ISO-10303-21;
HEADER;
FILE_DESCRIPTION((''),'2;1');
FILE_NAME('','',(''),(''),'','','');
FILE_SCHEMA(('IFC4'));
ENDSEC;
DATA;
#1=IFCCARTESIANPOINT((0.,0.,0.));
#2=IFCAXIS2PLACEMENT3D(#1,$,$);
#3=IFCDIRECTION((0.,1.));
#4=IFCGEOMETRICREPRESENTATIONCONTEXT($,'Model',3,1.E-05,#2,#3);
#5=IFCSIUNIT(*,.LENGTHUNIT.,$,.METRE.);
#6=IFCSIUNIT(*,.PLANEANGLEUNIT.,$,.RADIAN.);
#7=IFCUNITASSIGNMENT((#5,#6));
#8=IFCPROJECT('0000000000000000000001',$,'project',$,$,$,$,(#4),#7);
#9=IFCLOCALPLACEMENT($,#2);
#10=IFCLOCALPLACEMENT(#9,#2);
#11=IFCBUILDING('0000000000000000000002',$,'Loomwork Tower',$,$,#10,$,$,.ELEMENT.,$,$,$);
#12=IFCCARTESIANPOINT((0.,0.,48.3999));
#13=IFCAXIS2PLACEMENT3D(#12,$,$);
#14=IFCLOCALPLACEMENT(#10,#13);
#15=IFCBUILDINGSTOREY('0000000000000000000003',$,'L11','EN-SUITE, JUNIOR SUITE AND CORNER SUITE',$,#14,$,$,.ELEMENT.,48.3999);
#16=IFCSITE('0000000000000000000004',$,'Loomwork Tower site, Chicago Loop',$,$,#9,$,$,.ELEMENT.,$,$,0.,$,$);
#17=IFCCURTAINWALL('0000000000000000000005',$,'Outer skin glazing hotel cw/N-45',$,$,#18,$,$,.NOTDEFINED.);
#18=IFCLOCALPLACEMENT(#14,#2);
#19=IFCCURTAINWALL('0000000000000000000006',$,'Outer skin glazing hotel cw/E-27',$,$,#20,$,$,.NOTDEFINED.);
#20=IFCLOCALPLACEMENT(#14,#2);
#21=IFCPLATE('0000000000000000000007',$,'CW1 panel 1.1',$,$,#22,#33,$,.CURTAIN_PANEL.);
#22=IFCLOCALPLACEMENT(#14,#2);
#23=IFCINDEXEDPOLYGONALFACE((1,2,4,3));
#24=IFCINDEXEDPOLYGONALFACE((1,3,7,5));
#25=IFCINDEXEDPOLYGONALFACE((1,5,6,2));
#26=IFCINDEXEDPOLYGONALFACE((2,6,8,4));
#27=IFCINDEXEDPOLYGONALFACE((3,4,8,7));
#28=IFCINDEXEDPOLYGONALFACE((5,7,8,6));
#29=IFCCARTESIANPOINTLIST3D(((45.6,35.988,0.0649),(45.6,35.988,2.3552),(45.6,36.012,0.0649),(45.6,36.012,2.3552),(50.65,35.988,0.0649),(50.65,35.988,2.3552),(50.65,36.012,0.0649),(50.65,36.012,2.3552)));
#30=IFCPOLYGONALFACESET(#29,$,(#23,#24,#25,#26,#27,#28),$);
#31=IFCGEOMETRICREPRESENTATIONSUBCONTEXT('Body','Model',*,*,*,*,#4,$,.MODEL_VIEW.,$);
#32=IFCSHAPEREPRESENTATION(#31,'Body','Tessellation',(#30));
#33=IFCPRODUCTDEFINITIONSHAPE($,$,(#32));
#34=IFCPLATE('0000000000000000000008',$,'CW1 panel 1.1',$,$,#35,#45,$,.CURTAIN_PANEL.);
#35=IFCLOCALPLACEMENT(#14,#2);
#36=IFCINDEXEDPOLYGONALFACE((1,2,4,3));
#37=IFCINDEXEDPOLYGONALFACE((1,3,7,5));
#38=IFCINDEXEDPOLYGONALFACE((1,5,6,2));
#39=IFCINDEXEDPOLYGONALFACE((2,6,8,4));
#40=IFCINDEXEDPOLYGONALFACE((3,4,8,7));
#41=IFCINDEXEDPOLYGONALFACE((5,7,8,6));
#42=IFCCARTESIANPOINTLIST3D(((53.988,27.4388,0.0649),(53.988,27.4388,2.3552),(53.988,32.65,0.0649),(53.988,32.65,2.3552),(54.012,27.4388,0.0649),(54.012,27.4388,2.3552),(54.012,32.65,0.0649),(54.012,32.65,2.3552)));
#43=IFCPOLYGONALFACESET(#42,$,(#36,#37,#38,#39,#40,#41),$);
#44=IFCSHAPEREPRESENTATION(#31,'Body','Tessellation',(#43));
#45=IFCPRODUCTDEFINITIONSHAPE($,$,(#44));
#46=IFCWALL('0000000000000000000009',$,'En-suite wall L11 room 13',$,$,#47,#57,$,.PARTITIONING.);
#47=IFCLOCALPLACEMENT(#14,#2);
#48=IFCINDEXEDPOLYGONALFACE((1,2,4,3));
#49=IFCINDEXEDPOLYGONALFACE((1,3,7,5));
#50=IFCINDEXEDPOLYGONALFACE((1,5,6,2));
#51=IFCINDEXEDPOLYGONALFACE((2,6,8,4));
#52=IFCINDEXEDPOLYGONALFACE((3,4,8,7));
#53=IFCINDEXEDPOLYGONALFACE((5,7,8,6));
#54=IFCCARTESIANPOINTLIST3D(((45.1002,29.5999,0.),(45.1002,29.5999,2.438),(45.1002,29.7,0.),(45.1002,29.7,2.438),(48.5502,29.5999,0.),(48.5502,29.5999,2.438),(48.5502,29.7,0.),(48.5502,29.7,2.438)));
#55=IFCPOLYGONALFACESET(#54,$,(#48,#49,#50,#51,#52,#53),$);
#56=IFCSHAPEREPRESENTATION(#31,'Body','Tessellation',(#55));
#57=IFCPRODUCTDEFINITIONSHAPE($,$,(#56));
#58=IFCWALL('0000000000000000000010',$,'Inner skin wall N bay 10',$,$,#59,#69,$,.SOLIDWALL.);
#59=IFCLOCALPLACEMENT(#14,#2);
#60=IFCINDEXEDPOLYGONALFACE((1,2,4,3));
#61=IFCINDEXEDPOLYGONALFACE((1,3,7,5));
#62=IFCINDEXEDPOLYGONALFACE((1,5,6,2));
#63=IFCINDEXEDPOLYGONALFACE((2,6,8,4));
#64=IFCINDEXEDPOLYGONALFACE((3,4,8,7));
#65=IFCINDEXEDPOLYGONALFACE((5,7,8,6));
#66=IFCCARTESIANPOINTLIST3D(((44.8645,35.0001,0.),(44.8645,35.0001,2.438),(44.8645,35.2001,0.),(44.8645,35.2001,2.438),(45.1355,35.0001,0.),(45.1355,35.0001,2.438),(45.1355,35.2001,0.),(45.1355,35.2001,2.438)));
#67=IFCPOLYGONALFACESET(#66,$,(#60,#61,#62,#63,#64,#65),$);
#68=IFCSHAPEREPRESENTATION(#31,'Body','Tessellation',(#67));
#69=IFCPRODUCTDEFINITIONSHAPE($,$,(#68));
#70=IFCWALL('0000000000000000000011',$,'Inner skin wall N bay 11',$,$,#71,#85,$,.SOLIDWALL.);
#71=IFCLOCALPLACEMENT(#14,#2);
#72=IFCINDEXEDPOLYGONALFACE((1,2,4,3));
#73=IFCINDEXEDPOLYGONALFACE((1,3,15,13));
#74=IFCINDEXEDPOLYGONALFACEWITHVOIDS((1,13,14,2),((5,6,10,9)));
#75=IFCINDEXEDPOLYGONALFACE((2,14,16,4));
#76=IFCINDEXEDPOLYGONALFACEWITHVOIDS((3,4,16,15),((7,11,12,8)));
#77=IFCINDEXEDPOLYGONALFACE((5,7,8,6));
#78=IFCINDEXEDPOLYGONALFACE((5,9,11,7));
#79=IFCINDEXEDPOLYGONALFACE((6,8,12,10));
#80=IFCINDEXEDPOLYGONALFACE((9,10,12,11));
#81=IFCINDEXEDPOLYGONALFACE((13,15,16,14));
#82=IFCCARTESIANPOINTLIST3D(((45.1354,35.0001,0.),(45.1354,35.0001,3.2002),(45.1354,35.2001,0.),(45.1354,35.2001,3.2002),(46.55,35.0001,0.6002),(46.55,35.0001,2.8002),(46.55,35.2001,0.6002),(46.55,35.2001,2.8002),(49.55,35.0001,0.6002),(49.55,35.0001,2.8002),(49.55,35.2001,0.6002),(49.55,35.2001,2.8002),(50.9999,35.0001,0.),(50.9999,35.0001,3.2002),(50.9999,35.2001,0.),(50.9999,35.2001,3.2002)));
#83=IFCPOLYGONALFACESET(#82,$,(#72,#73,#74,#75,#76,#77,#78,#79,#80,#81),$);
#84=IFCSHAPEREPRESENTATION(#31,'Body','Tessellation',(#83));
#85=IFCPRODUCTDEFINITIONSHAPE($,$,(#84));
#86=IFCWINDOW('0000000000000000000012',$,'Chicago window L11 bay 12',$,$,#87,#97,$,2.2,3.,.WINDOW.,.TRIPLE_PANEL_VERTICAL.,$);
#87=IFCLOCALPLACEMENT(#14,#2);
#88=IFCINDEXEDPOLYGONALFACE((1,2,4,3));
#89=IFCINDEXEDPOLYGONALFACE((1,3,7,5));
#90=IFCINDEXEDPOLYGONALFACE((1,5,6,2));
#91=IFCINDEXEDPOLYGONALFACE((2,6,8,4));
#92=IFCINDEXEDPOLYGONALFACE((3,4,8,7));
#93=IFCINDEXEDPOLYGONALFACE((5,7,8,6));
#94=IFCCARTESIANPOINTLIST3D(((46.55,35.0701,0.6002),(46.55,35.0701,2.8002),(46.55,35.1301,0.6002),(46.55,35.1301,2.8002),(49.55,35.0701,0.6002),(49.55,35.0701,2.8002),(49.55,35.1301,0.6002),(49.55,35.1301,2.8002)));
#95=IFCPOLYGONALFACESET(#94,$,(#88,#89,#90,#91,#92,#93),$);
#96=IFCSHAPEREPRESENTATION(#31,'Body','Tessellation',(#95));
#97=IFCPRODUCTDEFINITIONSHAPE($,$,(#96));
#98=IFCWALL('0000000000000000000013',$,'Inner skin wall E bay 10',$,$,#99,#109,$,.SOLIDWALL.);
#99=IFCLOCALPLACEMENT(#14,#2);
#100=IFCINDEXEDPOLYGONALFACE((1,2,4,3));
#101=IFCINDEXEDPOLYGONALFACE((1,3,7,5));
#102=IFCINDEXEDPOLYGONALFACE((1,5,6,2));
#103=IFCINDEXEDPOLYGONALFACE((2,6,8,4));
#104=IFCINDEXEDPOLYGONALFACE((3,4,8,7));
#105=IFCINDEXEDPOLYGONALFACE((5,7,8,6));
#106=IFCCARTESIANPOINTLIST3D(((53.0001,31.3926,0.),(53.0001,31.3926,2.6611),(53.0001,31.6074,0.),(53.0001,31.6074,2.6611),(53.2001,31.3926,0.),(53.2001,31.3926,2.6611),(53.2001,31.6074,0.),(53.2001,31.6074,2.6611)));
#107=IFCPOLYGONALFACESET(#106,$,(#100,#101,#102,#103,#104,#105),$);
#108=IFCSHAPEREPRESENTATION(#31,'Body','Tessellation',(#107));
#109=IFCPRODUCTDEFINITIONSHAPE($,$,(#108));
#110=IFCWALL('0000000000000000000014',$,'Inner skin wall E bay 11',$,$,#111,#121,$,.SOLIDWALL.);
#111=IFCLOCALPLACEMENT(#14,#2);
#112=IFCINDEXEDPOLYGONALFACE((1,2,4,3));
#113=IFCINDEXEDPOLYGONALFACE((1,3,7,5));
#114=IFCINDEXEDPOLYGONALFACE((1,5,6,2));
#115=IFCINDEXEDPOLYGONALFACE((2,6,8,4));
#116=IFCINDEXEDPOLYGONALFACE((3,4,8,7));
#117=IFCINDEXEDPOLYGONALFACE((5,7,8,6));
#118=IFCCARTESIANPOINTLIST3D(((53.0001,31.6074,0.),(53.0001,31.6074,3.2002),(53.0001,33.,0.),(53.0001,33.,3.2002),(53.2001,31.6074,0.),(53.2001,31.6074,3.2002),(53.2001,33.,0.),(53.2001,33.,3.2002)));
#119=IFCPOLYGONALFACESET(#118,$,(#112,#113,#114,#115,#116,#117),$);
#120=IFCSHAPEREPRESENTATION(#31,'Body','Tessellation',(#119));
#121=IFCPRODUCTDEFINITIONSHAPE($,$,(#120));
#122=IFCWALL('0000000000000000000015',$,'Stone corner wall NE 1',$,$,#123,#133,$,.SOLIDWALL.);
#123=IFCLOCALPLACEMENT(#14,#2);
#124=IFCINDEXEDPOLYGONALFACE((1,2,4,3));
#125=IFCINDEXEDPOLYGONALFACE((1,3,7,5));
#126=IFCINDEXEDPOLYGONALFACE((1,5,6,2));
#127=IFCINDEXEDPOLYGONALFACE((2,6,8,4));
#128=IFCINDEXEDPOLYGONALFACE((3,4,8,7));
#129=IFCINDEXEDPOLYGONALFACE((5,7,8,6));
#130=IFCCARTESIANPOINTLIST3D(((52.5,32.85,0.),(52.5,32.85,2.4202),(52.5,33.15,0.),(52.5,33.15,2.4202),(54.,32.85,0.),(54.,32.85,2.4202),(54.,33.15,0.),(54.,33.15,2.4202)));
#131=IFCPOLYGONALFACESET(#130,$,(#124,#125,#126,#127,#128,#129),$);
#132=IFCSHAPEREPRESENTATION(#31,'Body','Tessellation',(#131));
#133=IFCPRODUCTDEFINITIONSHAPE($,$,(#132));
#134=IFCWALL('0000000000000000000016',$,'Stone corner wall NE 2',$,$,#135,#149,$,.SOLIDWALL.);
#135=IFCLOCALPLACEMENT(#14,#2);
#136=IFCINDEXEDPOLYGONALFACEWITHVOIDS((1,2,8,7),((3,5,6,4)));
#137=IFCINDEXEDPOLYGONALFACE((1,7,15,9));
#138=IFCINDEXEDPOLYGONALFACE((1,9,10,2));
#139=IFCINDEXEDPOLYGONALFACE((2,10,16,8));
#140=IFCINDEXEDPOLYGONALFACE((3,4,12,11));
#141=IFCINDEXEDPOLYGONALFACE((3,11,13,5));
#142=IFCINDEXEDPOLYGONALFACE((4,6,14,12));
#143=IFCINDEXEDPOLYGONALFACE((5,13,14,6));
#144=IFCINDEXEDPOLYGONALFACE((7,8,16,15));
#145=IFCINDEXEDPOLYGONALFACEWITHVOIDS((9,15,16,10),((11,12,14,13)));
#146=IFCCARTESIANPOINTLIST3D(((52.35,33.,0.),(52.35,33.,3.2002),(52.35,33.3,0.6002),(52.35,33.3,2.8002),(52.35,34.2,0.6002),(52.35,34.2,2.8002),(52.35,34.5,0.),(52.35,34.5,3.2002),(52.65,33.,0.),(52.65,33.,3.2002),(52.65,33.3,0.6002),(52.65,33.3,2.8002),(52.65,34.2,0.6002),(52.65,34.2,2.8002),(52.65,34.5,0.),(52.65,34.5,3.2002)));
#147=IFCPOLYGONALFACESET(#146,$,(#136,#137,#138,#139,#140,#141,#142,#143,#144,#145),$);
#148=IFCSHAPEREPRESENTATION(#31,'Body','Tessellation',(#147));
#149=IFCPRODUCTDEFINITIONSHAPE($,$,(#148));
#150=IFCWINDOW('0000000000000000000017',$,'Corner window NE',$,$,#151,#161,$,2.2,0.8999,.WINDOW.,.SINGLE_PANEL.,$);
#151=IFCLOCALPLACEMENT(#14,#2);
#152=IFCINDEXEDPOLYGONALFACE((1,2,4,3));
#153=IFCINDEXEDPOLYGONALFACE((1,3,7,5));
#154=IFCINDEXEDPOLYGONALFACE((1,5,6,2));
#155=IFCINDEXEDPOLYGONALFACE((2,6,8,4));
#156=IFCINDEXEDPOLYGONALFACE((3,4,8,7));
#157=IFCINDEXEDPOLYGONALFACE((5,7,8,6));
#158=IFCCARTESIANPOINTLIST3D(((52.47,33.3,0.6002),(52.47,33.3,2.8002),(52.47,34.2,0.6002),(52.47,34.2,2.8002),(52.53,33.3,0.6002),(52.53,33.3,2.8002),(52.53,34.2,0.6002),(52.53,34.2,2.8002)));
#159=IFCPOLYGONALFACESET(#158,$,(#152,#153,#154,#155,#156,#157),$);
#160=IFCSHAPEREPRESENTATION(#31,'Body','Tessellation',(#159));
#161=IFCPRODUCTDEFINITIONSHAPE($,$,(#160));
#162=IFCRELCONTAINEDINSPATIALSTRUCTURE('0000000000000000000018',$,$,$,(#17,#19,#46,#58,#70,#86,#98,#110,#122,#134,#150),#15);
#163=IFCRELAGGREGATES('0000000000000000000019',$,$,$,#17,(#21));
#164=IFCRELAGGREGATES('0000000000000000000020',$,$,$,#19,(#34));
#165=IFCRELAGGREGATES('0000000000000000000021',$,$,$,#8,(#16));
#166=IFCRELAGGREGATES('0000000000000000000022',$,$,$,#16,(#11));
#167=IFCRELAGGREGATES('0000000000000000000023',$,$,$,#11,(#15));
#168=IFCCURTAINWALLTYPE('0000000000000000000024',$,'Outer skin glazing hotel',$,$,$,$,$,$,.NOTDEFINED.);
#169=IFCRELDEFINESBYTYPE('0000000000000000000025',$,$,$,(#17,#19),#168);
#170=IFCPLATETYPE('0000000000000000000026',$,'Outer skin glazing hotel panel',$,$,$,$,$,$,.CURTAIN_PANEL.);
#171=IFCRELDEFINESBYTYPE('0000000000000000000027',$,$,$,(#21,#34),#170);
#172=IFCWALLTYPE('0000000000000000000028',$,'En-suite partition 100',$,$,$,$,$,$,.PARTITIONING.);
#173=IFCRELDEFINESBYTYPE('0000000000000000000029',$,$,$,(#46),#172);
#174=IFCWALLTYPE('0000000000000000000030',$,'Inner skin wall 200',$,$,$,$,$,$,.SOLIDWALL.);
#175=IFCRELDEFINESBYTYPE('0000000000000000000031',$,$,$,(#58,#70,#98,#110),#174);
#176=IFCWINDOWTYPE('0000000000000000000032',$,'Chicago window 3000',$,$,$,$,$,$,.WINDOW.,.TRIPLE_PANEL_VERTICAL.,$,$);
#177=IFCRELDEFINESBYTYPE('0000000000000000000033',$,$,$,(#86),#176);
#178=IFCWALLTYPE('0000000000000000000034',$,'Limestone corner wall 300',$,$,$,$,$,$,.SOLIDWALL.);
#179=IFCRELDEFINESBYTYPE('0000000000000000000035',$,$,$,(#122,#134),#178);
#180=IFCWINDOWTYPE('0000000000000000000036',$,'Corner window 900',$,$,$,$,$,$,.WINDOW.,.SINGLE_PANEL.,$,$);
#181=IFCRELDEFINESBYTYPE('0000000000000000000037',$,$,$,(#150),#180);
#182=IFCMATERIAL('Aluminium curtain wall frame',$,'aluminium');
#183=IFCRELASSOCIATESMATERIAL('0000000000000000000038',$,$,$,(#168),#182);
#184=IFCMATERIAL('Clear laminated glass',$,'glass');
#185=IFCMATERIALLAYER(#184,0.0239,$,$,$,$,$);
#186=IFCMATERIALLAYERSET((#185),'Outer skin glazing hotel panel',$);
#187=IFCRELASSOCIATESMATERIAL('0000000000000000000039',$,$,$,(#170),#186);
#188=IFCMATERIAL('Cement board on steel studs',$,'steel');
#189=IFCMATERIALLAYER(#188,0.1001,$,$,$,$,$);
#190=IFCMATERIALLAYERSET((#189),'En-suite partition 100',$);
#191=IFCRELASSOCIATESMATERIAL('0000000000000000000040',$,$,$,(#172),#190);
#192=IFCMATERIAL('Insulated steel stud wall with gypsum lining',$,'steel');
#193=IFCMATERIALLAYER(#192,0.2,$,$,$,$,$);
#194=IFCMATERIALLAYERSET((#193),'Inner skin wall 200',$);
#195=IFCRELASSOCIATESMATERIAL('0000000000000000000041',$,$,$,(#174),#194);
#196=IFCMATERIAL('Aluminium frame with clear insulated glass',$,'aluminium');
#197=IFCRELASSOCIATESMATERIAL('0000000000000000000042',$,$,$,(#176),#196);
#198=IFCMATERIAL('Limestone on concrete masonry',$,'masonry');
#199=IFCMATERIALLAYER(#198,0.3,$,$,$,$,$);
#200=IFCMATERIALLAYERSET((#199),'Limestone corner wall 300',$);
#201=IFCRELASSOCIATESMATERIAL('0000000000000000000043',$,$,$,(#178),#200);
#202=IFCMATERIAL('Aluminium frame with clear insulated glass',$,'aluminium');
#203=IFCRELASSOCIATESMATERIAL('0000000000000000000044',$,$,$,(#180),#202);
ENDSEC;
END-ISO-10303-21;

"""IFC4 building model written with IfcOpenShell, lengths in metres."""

from ifc_helpers import new_model, si_unit, direction, frame, frame_2d, origin, origin_2d, place, context, subcontext, project, spatial, rectangle, extrude, material, layer, layer_set, type_object, element, fill, aggregate, save


model = new_model("IFC4")

# Units and contexts
model_context = context("Model", 3, precision=1e-05, world=origin(), true_north=direction((0.0, 1.0)))
body_context = subcontext(model_context, "Body", "Model", "MODEL_VIEW")
ifc_project = project(units=[si_unit("LENGTHUNIT", "METRE"), si_unit("PLANEANGLEUNIT", "RADIAN")], contexts=[model_context])

# Site, building, storey
site_placement = place(None, origin())
site = spatial("IfcSite", under=ifc_project, at=site_placement, Name="Loomwork Tower site, Chicago Loop", CompositionType="ELEMENT", RefElevation=0.0)
building_placement = place(site_placement, origin())
building = spatial("IfcBuilding", under=site, at=building_placement, Name="Loomwork Tower", CompositionType="ELEMENT")
storey_placement = place(building_placement, frame((0.0, 0.0, 48.3999)))
storey = spatial("IfcBuildingStorey", under=building, at=storey_placement, Name="L11", Description="EN-SUITE, JUNIOR SUITE AND CORNER SUITE", CompositionType="ELEMENT", Elevation=48.3999)

# Shared definitions
ifc_material_1 = material(Name="Aluminium curtain wall frame", Category="aluminium")
curtain_wall_type = type_object("IfcCurtainWallType", Name="Outer skin glazing hotel", PredefinedType="NOTDEFINED", material=ifc_material_1)

# Curtain wall
curtain_wall_1_placement = place(storey_placement, origin())
curtain_wall_1 = element("IfcCurtainWall", 1, at=curtain_wall_1_placement, inside=storey, type_object=curtain_wall_type, Name="Outer skin glazing hotel cw/N-45", PredefinedType="NOTDEFINED")

# Curtain wall
curtain_wall_2_placement = place(storey_placement, origin())
curtain_wall_2 = element("IfcCurtainWall", 2, at=curtain_wall_2_placement, inside=storey, type_object=curtain_wall_type, Name="Outer skin glazing hotel cw/E-27", PredefinedType="NOTDEFINED")

# Plates
ifc_material_2 = material(Name="Clear laminated glass", Category="glass")
ifc_layer_1 = layer(ifc_material_2, 0.0239)
ifc_layer_set_1 = layer_set([ifc_layer_1], Name="Outer skin glazing hotel panel")
plate_type = type_object("IfcPlateType", Name="Outer skin glazing hotel panel", PredefinedType="CURTAIN_PANEL", material=ifc_layer_set_1)
plate_1_placement = place(storey_placement, frame((48.125, 36.0, 0.0649), z_axis=(0.0, 0.0, 1.0), x_axis=(-1.0, 0.0, 0.0)))
plate_1 = element("IfcPlate", 3, at=plate_1_placement, type_object=plate_type, Name="CW1 panel 1.1", PredefinedType="CURTAIN_PANEL", context=body_context, shape_type="SweptSolid", body=[
    extrude(rectangle(XDim=5.05, YDim=0.0239, at=origin_2d()), origin(), (0.0, 0.0, 1.0), 2.2903),
])
aggregate(curtain_wall_1, [plate_1])
plate_2_placement = place(storey_placement, frame((54.0, 30.0444, 0.0649), z_axis=(0.0, 0.0, 1.0), x_axis=(0.0, 1.0, 0.0)))
plate_2 = element("IfcPlate", 4, at=plate_2_placement, type_object=plate_type, Name="CW1 panel 1.1", PredefinedType="CURTAIN_PANEL", context=body_context, shape_type="SweptSolid", body=[
    extrude(rectangle(XDim=5.2112, YDim=0.0239, at=origin_2d()), origin(), (0.0, 0.0, 1.0), 2.2903),
])
aggregate(curtain_wall_2, [plate_2])

# Walls
ifc_material_3 = material(Name="Cement board on steel studs", Category="steel")
ifc_layer_2 = layer(ifc_material_3, 0.1001)
ifc_layer_set_2 = layer_set([ifc_layer_2], Name="En-suite partition 100")
wall_type_1 = type_object("IfcWallType", Name="En-suite partition 100", PredefinedType="PARTITIONING", material=ifc_layer_set_2)
wall_1_placement = place(storey_placement, frame((45.1001, 29.6499, 0.0), z_axis=(0.0, 0.0, 1.0), x_axis=(1.0, 0.0, 0.0)))
element("IfcWall", 5, at=wall_1_placement, inside=storey, type_object=wall_type_1, Name="En-suite wall L11 room 13", PredefinedType="PARTITIONING", context=body_context, shape_type="SweptSolid", body=[
    extrude(rectangle(XDim=3.45, YDim=0.1001, at=frame_2d((1.7251, 0.0))), origin(), (0.0, 0.0, 1.0), 2.438),
])
ifc_material_4 = material(Name="Insulated steel stud wall with gypsum lining", Category="steel")
ifc_layer_3 = layer(ifc_material_4, 0.2)
ifc_layer_set_3 = layer_set([ifc_layer_3], Name="Inner skin wall 200")
wall_type_2 = type_object("IfcWallType", Name="Inner skin wall 200", PredefinedType="SOLIDWALL", material=ifc_layer_set_3)
wall_2_placement = place(storey_placement, frame((44.8645, 35.1001, 0.0), z_axis=(0.0, 0.0, 1.0), x_axis=(1.0, 0.0, 0.0)))
element("IfcWall", 6, at=wall_2_placement, inside=storey, type_object=wall_type_2, Name="Inner skin wall N bay 10", PredefinedType="SOLIDWALL", context=body_context, shape_type="SweptSolid", body=[
    extrude(rectangle(XDim=0.271, YDim=0.2, at=frame_2d((0.1355, 0.0))), origin(), (0.0, 0.0, 1.0), 2.438),
])

# Wall, opening, window
wall_3_placement = place(storey_placement, frame((45.1355, 35.1001, 0.0), z_axis=(0.0, 0.0, 1.0), x_axis=(1.0, 0.0, 0.0)))
wall_3 = element("IfcWall", 7, at=wall_3_placement, inside=storey, type_object=wall_type_2, Name="Inner skin wall N bay 11", PredefinedType="SOLIDWALL", context=body_context, shape_type="SweptSolid", body=[
    extrude(rectangle(XDim=5.8645, YDim=0.2, at=frame_2d((2.9321, 0.0))), origin(), (0.0, 0.0, 1.0), 3.2002),
])
opening_1_placement = place(wall_3_placement, frame((1.4146, 0.0, 0.6001)))
opening_1 = element("IfcOpeningElement", 8, at=opening_1_placement, cuts=wall_3, PredefinedType="OPENING", context=body_context, shape_type="SweptSolid", body=[
    extrude(rectangle(XDim=3.0, YDim=2.2, at=frame_2d((1.5, 1.1001))), frame((0.0, 0.1099, 0.0), z_axis=(0.0, -1.0, 0.0), x_axis=(1.0, 0.0, 0.0)), (0.0, 0.0, 1.0), 0.22),
])
ifc_material_5 = material(Name="Aluminium frame with clear insulated glass", Category="aluminium")
window_type_1 = type_object("IfcWindowType", Name="Chicago window 3000", PartitioningType="TRIPLE_PANEL_VERTICAL", PredefinedType="WINDOW", material=ifc_material_5)
window_1_placement = place(opening_1_placement, origin())
window_1 = element("IfcWindow", 9, at=window_1_placement, inside=storey, type_object=window_type_1, Name="Chicago window L11 bay 12", OverallHeight=2.2, OverallWidth=3.0, PartitioningType="TRIPLE_PANEL_VERTICAL", PredefinedType="WINDOW", context=body_context, shape_type="SweptSolid", body=[
    extrude(rectangle(XDim=3.0, YDim=2.2, at=frame_2d((1.5, 1.1001))), frame((0.0, 0.03, 0.0), z_axis=(0.0, -1.0, 0.0), x_axis=(1.0, 0.0, 0.0)), (0.0, 0.0, 1.0), 0.0601),
])
fill(opening_1, window_1)

# Walls
wall_4_placement = place(storey_placement, frame((53.1001, 31.3926, 0.0), z_axis=(0.0, 0.0, 1.0), x_axis=(0.0, 1.0, 0.0)))
element("IfcWall", 10, at=wall_4_placement, inside=storey, type_object=wall_type_2, Name="Inner skin wall E bay 10", PredefinedType="SOLIDWALL", context=body_context, shape_type="SweptSolid", body=[
    extrude(rectangle(XDim=0.2148, YDim=0.2, at=frame_2d((0.1074, 0.0))), origin(), (0.0, 0.0, 1.0), 2.6611),
])
wall_5_placement = place(storey_placement, frame((53.1001, 31.6074, 0.0), z_axis=(0.0, 0.0, 1.0), x_axis=(0.0, 1.0, 0.0)))
element("IfcWall", 11, at=wall_5_placement, inside=storey, type_object=wall_type_2, Name="Inner skin wall E bay 11", PredefinedType="SOLIDWALL", context=body_context, shape_type="SweptSolid", body=[
    extrude(rectangle(XDim=1.3926, YDim=0.2, at=frame_2d((0.6963, 0.0))), origin(), (0.0, 0.0, 1.0), 3.2002),
])
ifc_material_6 = material(Name="Limestone on concrete masonry", Category="masonry")
ifc_layer_4 = layer(ifc_material_6, 0.3)
ifc_layer_set_4 = layer_set([ifc_layer_4], Name="Limestone corner wall 300")
wall_type_3 = type_object("IfcWallType", Name="Limestone corner wall 300", PredefinedType="SOLIDWALL", material=ifc_layer_set_4)
wall_6_placement = place(storey_placement, frame((54.0, 33.0, 0.0), z_axis=(0.0, 0.0, 1.0), x_axis=(-1.0, 0.0, 0.0)))
element("IfcWall", 12, at=wall_6_placement, inside=storey, type_object=wall_type_3, Name="Stone corner wall NE 1", PredefinedType="SOLIDWALL", context=body_context, shape_type="SweptSolid", body=[
    extrude(rectangle(XDim=1.5, YDim=0.3, at=frame_2d((0.75, 0.0))), origin(), (0.0, 0.0, 1.0), 2.4202),
])

# Wall, opening, window
wall_7_placement = place(storey_placement, frame((52.5, 33.0, 0.0), z_axis=(0.0, 0.0, 1.0), x_axis=(0.0, 1.0, 0.0)))
wall_7 = element("IfcWall", 13, at=wall_7_placement, inside=storey, type_object=wall_type_3, Name="Stone corner wall NE 2", PredefinedType="SOLIDWALL", context=body_context, shape_type="SweptSolid", body=[
    extrude(rectangle(XDim=1.5, YDim=0.3, at=frame_2d((0.75, 0.0))), origin(), (0.0, 0.0, 1.0), 3.2002),
])
opening_2_placement = place(wall_7_placement, frame((0.3, 0.0, 0.6001)))
opening_2 = element("IfcOpeningElement", 14, at=opening_2_placement, cuts=wall_7, PredefinedType="OPENING", context=body_context, shape_type="SweptSolid", body=[
    extrude(rectangle(XDim=0.8999, YDim=2.2, at=frame_2d((0.45, 1.1001))), frame((0.0, 0.1599, 0.0), z_axis=(0.0, -1.0, 0.0), x_axis=(1.0, 0.0, 0.0)), (0.0, 0.0, 1.0), 0.3201),
])
ifc_material_7 = material(Name="Aluminium frame with clear insulated glass", Category="aluminium")
window_type_2 = type_object("IfcWindowType", Name="Corner window 900", PartitioningType="SINGLE_PANEL", PredefinedType="WINDOW", material=ifc_material_7)
window_2_placement = place(opening_2_placement, origin())
window_2 = element("IfcWindow", 15, at=window_2_placement, inside=storey, type_object=window_type_2, Name="Corner window NE", OverallHeight=2.2, OverallWidth=0.8999, PartitioningType="SINGLE_PANEL", PredefinedType="WINDOW", context=body_context, shape_type="SweptSolid", body=[
    extrude(rectangle(XDim=0.8999, YDim=2.2, at=frame_2d((0.45, 1.1001))), frame((0.0, 0.03, 0.0), z_axis=(0.0, -1.0, 0.0), x_axis=(1.0, 0.0, 0.0)), (0.0, 0.0, 1.0), 0.0601),
])
fill(opening_2, window_2)

save(model, "model.ifc")
